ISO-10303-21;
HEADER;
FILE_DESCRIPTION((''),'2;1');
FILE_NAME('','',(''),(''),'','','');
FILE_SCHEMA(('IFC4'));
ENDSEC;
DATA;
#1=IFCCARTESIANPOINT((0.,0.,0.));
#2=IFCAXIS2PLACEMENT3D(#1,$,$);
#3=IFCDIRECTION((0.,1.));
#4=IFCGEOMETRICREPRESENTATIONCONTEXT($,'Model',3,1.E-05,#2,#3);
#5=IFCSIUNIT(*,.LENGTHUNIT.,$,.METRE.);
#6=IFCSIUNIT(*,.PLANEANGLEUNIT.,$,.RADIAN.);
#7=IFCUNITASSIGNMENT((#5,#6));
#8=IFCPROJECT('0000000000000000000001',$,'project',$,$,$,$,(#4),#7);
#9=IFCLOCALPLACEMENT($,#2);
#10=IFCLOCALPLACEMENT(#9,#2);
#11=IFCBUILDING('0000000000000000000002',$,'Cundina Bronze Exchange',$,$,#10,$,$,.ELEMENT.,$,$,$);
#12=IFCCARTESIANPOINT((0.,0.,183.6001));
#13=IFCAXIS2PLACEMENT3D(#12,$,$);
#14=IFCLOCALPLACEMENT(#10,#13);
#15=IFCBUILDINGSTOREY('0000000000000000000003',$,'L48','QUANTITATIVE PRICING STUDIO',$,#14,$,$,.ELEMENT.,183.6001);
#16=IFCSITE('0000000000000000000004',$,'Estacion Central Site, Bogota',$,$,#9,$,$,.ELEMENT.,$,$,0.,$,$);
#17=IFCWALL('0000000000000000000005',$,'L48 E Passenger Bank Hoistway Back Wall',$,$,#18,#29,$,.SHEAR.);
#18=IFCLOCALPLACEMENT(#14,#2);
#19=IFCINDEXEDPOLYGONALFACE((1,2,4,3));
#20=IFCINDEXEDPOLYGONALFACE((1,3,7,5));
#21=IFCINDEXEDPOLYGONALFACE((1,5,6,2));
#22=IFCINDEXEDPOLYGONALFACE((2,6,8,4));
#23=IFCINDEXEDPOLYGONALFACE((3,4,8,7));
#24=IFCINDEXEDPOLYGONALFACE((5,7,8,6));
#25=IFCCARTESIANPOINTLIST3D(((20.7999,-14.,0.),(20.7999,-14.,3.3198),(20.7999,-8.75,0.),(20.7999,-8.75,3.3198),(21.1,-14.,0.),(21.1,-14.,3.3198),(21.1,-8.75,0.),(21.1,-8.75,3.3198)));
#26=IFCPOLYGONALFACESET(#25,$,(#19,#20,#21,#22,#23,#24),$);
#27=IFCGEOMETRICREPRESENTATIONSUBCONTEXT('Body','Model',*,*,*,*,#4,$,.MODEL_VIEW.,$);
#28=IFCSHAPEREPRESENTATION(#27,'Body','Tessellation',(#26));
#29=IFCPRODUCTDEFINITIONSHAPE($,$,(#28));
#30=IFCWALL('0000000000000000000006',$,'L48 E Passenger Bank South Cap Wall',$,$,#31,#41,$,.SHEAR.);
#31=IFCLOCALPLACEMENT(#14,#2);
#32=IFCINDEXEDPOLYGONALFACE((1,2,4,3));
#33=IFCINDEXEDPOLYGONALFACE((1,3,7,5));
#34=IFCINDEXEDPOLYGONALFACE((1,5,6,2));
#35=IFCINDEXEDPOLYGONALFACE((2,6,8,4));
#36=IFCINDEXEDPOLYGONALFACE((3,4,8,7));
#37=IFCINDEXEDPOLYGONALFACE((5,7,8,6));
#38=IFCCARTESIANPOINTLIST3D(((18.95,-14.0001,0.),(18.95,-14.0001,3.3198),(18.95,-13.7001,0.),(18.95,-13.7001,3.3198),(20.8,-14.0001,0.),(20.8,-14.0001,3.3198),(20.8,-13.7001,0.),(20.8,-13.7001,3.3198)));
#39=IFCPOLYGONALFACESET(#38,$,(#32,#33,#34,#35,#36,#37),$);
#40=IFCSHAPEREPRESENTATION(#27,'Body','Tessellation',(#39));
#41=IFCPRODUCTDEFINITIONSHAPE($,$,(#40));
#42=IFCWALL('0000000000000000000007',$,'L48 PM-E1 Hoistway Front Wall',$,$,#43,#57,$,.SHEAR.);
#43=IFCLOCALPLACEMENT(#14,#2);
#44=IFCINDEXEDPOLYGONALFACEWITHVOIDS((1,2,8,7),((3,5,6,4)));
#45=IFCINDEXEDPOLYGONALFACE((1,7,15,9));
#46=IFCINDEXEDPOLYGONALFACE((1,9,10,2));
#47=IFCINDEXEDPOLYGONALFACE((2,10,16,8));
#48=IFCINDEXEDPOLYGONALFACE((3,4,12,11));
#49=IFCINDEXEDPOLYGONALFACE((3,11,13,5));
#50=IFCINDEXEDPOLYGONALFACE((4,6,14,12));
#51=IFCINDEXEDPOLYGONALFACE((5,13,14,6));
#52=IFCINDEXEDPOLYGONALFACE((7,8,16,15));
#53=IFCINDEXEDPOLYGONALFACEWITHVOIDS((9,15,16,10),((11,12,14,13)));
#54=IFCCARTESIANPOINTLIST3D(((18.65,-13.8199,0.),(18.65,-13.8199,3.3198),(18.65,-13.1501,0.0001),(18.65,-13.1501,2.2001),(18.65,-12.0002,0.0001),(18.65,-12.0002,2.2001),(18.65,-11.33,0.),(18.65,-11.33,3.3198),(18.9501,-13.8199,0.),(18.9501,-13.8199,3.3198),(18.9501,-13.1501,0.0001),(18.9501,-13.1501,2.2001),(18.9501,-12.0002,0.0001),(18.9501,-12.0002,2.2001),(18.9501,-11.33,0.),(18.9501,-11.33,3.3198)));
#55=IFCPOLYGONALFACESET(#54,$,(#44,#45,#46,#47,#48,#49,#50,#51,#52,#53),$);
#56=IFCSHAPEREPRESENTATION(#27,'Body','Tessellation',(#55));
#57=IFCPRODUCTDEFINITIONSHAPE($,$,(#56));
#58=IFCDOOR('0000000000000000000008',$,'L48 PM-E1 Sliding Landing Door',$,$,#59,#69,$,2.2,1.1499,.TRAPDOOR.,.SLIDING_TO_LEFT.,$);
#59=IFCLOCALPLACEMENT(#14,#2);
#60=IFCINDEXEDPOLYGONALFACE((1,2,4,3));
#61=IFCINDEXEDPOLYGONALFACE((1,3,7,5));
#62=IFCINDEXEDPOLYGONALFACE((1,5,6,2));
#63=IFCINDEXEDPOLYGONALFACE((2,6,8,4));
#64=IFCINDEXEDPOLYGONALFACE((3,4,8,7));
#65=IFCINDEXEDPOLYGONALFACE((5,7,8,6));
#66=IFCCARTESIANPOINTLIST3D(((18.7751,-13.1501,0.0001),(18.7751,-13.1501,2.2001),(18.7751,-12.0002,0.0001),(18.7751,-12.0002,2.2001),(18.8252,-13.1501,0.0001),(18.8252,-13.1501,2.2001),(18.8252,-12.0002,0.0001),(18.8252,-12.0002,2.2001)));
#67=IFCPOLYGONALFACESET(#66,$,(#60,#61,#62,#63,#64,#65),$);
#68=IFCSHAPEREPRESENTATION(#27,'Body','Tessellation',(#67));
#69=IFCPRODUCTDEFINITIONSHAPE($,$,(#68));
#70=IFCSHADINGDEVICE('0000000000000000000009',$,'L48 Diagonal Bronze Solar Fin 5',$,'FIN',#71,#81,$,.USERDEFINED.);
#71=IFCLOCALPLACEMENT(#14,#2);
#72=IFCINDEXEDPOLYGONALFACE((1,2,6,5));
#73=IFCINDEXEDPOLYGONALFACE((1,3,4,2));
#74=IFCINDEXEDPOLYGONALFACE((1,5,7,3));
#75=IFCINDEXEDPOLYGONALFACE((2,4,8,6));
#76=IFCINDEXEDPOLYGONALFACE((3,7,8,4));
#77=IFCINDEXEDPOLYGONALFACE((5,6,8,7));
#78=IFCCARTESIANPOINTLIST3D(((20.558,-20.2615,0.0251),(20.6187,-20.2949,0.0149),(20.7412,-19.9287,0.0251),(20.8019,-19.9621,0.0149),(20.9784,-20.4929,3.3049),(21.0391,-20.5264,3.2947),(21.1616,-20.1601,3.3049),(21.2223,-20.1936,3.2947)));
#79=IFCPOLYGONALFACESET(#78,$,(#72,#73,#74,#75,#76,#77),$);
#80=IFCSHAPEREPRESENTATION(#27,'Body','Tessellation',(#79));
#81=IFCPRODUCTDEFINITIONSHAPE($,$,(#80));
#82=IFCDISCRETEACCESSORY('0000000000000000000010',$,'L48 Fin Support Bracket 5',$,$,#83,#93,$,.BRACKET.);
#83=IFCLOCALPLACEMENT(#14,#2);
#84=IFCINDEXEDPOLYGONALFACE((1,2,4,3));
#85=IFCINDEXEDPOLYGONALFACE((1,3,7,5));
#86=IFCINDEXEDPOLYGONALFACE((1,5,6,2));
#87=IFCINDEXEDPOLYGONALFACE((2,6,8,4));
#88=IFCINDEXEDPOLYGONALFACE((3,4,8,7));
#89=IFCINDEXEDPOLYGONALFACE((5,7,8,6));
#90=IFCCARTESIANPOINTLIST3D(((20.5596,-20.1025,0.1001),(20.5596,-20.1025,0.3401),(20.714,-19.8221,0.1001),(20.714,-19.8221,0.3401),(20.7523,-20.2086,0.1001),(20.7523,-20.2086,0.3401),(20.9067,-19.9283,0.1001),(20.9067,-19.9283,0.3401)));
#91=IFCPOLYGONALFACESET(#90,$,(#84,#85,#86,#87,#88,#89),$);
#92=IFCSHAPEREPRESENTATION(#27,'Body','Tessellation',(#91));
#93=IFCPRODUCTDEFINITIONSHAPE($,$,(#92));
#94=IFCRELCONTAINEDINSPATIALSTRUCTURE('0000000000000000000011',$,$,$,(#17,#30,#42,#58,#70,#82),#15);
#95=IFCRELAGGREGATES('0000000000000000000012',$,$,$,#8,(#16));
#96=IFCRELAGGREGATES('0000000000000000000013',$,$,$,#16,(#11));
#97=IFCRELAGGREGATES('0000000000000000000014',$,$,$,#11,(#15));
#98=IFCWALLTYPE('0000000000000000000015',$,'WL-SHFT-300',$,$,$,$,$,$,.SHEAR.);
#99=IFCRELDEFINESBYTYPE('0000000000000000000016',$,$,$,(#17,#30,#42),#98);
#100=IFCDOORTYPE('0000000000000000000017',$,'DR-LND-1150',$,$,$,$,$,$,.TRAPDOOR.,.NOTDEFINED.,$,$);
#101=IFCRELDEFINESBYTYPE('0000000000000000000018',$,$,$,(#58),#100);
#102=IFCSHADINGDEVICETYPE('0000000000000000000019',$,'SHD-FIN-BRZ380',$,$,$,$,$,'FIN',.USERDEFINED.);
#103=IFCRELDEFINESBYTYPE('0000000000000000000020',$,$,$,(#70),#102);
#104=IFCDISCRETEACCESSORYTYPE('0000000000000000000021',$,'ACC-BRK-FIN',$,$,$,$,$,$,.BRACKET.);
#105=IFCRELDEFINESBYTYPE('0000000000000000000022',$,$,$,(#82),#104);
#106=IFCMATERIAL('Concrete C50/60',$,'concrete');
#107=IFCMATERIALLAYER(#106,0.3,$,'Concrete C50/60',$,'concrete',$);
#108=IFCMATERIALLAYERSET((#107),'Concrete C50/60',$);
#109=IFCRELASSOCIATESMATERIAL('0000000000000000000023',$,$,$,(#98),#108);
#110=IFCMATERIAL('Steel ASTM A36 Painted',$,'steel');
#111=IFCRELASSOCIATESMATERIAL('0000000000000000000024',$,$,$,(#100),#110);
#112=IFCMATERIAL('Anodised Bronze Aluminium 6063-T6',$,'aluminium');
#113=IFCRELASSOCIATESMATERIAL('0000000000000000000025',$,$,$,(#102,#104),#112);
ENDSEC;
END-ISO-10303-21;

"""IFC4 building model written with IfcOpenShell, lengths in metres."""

from ifc_helpers import new_model, si_unit, direction, frame, frame_2d, origin, origin_2d, place, context, subcontext, project, spatial, rectangle, extrude, material, layer, layer_set, material_profile, profile_set, type_object, element, fill, save


model = new_model("IFC4")

# Units and contexts
model_context = context("Model", 3, precision=1e-05, world=origin(), true_north=direction((0.0, 1.0)))
body_context = subcontext(model_context, "Body", "Model", "MODEL_VIEW")
ifc_project = project(units=[si_unit("LENGTHUNIT", "METRE"), si_unit("PLANEANGLEUNIT", "RADIAN")], contexts=[model_context])

# Site, building, storey
site_placement = place(None, origin())
site = spatial("IfcSite", under=ifc_project, at=site_placement, Name="Estacion Central Site, Bogota", CompositionType="ELEMENT", RefElevation=0.0)
building_placement = place(site_placement, origin())
building = spatial("IfcBuilding", under=site, at=building_placement, Name="Cundina Bronze Exchange", CompositionType="ELEMENT")
storey_placement = place(building_placement, frame((0.0, 0.0, 183.6001)))
storey = spatial("IfcBuildingStorey", under=building, at=storey_placement, Name="L48", Description="QUANTITATIVE PRICING STUDIO", CompositionType="ELEMENT", Elevation=183.6001)

# Shared definitions
ifc_material_1 = material(Name="Concrete C50/60", Category="concrete")

# Shared definitions
ifc_material_2 = material(Name="Anodised Bronze Aluminium 6063-T6", Category="aluminium")

# Walls
ifc_layer_1 = layer(ifc_material_1, 0.3, Name="Concrete C50/60", Category="concrete")
ifc_layer_set_1 = layer_set([ifc_layer_1], Name="Concrete C50/60")
wall_type_1 = type_object("IfcWallType", Name="WL-SHFT-300", PredefinedType="SHEAR", material=ifc_layer_set_1)
wall_1_placement = place(storey_placement, frame((20.95, -14.0, 0.0), z_axis=(0.0, 0.0, 1.0), x_axis=(0.0, 1.0, 0.0)))
element("IfcWall", 1, at=wall_1_placement, inside=storey, type_object=wall_type_1, Name="L48 E Passenger Bank Hoistway Back Wall", PredefinedType="SHEAR", context=body_context, shape_type="SweptSolid", body=[
    extrude(rectangle(XDim=5.25, YDim=0.3, at=frame_2d((2.625, 0.0))), origin(), (0.0, 0.0, 1.0), 3.3198),
])
wall_2_placement = place(storey_placement, frame((18.95, -13.8501, 0.0), z_axis=(0.0, 0.0, 1.0), x_axis=(1.0, 0.0, 0.0)))
element("IfcWall", 2, at=wall_2_placement, inside=storey, type_object=wall_type_1, Name="L48 E Passenger Bank South Cap Wall", PredefinedType="SHEAR", context=body_context, shape_type="SweptSolid", body=[
    extrude(rectangle(XDim=1.8501, YDim=0.3, at=frame_2d((0.925, 0.0))), origin(), (0.0, 0.0, 1.0), 3.3198),
])

# Wall, opening, door
wall_3_placement = place(storey_placement, frame((18.8, -13.8201, 0.0), z_axis=(0.0, 0.0, 1.0), x_axis=(0.0, 1.0, 0.0)))
wall_3 = element("IfcWall", 3, at=wall_3_placement, inside=storey, type_object=wall_type_1, Name="L48 PM-E1 Hoistway Front Wall", PredefinedType="SHEAR", context=body_context, shape_type="SweptSolid", body=[
    extrude(rectangle(XDim=2.49, YDim=0.3, at=frame_2d((1.2451, 0.0))), origin(), (0.0, 0.0, 1.0), 3.3198),
])
opening_1_placement = place(wall_3_placement, frame((0.6699, 0.0, 0.0)))
opening_1 = element("IfcOpeningElement", 4, at=opening_1_placement, cuts=wall_3, PredefinedType="OPENING", context=body_context, shape_type="SweptSolid", body=[
    extrude(rectangle(XDim=1.1499, YDim=2.2, at=frame_2d((0.575, 1.1001))), frame((0.0, 0.1599, 0.0), z_axis=(0.0, -1.0, 0.0), x_axis=(1.0, 0.0, 0.0)), (0.0, 0.0, 1.0), 0.3201),
])
ifc_material_3 = material(Name="Steel ASTM A36 Painted", Category="steel")
door_type_1 = type_object("IfcDoorType", Name="DR-LND-1150", OperationType="NOTDEFINED", PredefinedType="TRAPDOOR", material=ifc_material_3)
door_1_placement = place(opening_1_placement, origin())
door_1 = element("IfcDoor", 5, at=door_1_placement, inside=storey, type_object=door_type_1, Name="L48 PM-E1 Sliding Landing Door", OperationType="SLIDING_TO_LEFT", OverallHeight=2.2, OverallWidth=1.1499, PredefinedType="TRAPDOOR", context=body_context, shape_type="SweptSolid", body=[
    extrude(rectangle(XDim=1.1499, YDim=2.2, at=frame_2d((0.575, 1.1001))), frame((0.0, 0.0249, 0.0), z_axis=(0.0, -1.0, 0.0), x_axis=(1.0, 0.0, 0.0)), (0.0, 0.0, 1.0), 0.05),
])
fill(opening_1, door_1)

# Shading device
ifc_material_profile_1 = material_profile(ifc_material_2, rectangle(XDim=0.0701, YDim=0.3799, at=origin_2d()), Name="FIN70X380", Category="aluminium")
ifc_profile_set_1 = profile_set([ifc_material_profile_1], Name="Anodised Bronze Aluminium 6063-T6")
shading_device_type = type_object("IfcShadingDeviceType", Name="SHD-FIN-BRZ380", ElementType="FIN", PredefinedType="USERDEFINED", material=ifc_profile_set_1)
shading_device_placement = place(storey_placement, frame((20.6799, -20.1118, 0.02), z_axis=(0.126832, -0.069824, 0.989464), x_axis=(-0.866792, 0.477189, 0.144781)))
element("IfcShadingDevice", 6, at=shading_device_placement, inside=storey, type_object=shading_device_type, Name="L48 Diagonal Bronze Solar Fin 5", ObjectType="FIN", PredefinedType="USERDEFINED", context=body_context, shape_type="SweptSolid", body=[
    extrude(rectangle(XDim=0.0701, YDim=0.3799, at=origin_2d()), origin(), (0.0, 0.0, 1.0), 3.3147),
])

# Discrete accessory
discrete_accessory_type = type_object("IfcDiscreteAccessoryType", Name="ACC-BRK-FIN", PredefinedType="BRACKET", material=ifc_material_2)
discrete_accessory_placement = place(storey_placement, frame((20.7332, -20.0154, 0.1001), z_axis=(0.0, 0.0, 1.0), x_axis=(0.875869, -0.482549, 0.0)))
element("IfcDiscreteAccessory", 7, at=discrete_accessory_placement, inside=storey, type_object=discrete_accessory_type, Name="L48 Fin Support Bracket 5", PredefinedType="BRACKET", context=body_context, shape_type="SweptSolid", body=[
    extrude(rectangle(XDim=0.22, YDim=0.3201, at=origin_2d()), origin(), (0.0, 0.0, 1.0), 0.24),
])

save(model, "model.ifc")
